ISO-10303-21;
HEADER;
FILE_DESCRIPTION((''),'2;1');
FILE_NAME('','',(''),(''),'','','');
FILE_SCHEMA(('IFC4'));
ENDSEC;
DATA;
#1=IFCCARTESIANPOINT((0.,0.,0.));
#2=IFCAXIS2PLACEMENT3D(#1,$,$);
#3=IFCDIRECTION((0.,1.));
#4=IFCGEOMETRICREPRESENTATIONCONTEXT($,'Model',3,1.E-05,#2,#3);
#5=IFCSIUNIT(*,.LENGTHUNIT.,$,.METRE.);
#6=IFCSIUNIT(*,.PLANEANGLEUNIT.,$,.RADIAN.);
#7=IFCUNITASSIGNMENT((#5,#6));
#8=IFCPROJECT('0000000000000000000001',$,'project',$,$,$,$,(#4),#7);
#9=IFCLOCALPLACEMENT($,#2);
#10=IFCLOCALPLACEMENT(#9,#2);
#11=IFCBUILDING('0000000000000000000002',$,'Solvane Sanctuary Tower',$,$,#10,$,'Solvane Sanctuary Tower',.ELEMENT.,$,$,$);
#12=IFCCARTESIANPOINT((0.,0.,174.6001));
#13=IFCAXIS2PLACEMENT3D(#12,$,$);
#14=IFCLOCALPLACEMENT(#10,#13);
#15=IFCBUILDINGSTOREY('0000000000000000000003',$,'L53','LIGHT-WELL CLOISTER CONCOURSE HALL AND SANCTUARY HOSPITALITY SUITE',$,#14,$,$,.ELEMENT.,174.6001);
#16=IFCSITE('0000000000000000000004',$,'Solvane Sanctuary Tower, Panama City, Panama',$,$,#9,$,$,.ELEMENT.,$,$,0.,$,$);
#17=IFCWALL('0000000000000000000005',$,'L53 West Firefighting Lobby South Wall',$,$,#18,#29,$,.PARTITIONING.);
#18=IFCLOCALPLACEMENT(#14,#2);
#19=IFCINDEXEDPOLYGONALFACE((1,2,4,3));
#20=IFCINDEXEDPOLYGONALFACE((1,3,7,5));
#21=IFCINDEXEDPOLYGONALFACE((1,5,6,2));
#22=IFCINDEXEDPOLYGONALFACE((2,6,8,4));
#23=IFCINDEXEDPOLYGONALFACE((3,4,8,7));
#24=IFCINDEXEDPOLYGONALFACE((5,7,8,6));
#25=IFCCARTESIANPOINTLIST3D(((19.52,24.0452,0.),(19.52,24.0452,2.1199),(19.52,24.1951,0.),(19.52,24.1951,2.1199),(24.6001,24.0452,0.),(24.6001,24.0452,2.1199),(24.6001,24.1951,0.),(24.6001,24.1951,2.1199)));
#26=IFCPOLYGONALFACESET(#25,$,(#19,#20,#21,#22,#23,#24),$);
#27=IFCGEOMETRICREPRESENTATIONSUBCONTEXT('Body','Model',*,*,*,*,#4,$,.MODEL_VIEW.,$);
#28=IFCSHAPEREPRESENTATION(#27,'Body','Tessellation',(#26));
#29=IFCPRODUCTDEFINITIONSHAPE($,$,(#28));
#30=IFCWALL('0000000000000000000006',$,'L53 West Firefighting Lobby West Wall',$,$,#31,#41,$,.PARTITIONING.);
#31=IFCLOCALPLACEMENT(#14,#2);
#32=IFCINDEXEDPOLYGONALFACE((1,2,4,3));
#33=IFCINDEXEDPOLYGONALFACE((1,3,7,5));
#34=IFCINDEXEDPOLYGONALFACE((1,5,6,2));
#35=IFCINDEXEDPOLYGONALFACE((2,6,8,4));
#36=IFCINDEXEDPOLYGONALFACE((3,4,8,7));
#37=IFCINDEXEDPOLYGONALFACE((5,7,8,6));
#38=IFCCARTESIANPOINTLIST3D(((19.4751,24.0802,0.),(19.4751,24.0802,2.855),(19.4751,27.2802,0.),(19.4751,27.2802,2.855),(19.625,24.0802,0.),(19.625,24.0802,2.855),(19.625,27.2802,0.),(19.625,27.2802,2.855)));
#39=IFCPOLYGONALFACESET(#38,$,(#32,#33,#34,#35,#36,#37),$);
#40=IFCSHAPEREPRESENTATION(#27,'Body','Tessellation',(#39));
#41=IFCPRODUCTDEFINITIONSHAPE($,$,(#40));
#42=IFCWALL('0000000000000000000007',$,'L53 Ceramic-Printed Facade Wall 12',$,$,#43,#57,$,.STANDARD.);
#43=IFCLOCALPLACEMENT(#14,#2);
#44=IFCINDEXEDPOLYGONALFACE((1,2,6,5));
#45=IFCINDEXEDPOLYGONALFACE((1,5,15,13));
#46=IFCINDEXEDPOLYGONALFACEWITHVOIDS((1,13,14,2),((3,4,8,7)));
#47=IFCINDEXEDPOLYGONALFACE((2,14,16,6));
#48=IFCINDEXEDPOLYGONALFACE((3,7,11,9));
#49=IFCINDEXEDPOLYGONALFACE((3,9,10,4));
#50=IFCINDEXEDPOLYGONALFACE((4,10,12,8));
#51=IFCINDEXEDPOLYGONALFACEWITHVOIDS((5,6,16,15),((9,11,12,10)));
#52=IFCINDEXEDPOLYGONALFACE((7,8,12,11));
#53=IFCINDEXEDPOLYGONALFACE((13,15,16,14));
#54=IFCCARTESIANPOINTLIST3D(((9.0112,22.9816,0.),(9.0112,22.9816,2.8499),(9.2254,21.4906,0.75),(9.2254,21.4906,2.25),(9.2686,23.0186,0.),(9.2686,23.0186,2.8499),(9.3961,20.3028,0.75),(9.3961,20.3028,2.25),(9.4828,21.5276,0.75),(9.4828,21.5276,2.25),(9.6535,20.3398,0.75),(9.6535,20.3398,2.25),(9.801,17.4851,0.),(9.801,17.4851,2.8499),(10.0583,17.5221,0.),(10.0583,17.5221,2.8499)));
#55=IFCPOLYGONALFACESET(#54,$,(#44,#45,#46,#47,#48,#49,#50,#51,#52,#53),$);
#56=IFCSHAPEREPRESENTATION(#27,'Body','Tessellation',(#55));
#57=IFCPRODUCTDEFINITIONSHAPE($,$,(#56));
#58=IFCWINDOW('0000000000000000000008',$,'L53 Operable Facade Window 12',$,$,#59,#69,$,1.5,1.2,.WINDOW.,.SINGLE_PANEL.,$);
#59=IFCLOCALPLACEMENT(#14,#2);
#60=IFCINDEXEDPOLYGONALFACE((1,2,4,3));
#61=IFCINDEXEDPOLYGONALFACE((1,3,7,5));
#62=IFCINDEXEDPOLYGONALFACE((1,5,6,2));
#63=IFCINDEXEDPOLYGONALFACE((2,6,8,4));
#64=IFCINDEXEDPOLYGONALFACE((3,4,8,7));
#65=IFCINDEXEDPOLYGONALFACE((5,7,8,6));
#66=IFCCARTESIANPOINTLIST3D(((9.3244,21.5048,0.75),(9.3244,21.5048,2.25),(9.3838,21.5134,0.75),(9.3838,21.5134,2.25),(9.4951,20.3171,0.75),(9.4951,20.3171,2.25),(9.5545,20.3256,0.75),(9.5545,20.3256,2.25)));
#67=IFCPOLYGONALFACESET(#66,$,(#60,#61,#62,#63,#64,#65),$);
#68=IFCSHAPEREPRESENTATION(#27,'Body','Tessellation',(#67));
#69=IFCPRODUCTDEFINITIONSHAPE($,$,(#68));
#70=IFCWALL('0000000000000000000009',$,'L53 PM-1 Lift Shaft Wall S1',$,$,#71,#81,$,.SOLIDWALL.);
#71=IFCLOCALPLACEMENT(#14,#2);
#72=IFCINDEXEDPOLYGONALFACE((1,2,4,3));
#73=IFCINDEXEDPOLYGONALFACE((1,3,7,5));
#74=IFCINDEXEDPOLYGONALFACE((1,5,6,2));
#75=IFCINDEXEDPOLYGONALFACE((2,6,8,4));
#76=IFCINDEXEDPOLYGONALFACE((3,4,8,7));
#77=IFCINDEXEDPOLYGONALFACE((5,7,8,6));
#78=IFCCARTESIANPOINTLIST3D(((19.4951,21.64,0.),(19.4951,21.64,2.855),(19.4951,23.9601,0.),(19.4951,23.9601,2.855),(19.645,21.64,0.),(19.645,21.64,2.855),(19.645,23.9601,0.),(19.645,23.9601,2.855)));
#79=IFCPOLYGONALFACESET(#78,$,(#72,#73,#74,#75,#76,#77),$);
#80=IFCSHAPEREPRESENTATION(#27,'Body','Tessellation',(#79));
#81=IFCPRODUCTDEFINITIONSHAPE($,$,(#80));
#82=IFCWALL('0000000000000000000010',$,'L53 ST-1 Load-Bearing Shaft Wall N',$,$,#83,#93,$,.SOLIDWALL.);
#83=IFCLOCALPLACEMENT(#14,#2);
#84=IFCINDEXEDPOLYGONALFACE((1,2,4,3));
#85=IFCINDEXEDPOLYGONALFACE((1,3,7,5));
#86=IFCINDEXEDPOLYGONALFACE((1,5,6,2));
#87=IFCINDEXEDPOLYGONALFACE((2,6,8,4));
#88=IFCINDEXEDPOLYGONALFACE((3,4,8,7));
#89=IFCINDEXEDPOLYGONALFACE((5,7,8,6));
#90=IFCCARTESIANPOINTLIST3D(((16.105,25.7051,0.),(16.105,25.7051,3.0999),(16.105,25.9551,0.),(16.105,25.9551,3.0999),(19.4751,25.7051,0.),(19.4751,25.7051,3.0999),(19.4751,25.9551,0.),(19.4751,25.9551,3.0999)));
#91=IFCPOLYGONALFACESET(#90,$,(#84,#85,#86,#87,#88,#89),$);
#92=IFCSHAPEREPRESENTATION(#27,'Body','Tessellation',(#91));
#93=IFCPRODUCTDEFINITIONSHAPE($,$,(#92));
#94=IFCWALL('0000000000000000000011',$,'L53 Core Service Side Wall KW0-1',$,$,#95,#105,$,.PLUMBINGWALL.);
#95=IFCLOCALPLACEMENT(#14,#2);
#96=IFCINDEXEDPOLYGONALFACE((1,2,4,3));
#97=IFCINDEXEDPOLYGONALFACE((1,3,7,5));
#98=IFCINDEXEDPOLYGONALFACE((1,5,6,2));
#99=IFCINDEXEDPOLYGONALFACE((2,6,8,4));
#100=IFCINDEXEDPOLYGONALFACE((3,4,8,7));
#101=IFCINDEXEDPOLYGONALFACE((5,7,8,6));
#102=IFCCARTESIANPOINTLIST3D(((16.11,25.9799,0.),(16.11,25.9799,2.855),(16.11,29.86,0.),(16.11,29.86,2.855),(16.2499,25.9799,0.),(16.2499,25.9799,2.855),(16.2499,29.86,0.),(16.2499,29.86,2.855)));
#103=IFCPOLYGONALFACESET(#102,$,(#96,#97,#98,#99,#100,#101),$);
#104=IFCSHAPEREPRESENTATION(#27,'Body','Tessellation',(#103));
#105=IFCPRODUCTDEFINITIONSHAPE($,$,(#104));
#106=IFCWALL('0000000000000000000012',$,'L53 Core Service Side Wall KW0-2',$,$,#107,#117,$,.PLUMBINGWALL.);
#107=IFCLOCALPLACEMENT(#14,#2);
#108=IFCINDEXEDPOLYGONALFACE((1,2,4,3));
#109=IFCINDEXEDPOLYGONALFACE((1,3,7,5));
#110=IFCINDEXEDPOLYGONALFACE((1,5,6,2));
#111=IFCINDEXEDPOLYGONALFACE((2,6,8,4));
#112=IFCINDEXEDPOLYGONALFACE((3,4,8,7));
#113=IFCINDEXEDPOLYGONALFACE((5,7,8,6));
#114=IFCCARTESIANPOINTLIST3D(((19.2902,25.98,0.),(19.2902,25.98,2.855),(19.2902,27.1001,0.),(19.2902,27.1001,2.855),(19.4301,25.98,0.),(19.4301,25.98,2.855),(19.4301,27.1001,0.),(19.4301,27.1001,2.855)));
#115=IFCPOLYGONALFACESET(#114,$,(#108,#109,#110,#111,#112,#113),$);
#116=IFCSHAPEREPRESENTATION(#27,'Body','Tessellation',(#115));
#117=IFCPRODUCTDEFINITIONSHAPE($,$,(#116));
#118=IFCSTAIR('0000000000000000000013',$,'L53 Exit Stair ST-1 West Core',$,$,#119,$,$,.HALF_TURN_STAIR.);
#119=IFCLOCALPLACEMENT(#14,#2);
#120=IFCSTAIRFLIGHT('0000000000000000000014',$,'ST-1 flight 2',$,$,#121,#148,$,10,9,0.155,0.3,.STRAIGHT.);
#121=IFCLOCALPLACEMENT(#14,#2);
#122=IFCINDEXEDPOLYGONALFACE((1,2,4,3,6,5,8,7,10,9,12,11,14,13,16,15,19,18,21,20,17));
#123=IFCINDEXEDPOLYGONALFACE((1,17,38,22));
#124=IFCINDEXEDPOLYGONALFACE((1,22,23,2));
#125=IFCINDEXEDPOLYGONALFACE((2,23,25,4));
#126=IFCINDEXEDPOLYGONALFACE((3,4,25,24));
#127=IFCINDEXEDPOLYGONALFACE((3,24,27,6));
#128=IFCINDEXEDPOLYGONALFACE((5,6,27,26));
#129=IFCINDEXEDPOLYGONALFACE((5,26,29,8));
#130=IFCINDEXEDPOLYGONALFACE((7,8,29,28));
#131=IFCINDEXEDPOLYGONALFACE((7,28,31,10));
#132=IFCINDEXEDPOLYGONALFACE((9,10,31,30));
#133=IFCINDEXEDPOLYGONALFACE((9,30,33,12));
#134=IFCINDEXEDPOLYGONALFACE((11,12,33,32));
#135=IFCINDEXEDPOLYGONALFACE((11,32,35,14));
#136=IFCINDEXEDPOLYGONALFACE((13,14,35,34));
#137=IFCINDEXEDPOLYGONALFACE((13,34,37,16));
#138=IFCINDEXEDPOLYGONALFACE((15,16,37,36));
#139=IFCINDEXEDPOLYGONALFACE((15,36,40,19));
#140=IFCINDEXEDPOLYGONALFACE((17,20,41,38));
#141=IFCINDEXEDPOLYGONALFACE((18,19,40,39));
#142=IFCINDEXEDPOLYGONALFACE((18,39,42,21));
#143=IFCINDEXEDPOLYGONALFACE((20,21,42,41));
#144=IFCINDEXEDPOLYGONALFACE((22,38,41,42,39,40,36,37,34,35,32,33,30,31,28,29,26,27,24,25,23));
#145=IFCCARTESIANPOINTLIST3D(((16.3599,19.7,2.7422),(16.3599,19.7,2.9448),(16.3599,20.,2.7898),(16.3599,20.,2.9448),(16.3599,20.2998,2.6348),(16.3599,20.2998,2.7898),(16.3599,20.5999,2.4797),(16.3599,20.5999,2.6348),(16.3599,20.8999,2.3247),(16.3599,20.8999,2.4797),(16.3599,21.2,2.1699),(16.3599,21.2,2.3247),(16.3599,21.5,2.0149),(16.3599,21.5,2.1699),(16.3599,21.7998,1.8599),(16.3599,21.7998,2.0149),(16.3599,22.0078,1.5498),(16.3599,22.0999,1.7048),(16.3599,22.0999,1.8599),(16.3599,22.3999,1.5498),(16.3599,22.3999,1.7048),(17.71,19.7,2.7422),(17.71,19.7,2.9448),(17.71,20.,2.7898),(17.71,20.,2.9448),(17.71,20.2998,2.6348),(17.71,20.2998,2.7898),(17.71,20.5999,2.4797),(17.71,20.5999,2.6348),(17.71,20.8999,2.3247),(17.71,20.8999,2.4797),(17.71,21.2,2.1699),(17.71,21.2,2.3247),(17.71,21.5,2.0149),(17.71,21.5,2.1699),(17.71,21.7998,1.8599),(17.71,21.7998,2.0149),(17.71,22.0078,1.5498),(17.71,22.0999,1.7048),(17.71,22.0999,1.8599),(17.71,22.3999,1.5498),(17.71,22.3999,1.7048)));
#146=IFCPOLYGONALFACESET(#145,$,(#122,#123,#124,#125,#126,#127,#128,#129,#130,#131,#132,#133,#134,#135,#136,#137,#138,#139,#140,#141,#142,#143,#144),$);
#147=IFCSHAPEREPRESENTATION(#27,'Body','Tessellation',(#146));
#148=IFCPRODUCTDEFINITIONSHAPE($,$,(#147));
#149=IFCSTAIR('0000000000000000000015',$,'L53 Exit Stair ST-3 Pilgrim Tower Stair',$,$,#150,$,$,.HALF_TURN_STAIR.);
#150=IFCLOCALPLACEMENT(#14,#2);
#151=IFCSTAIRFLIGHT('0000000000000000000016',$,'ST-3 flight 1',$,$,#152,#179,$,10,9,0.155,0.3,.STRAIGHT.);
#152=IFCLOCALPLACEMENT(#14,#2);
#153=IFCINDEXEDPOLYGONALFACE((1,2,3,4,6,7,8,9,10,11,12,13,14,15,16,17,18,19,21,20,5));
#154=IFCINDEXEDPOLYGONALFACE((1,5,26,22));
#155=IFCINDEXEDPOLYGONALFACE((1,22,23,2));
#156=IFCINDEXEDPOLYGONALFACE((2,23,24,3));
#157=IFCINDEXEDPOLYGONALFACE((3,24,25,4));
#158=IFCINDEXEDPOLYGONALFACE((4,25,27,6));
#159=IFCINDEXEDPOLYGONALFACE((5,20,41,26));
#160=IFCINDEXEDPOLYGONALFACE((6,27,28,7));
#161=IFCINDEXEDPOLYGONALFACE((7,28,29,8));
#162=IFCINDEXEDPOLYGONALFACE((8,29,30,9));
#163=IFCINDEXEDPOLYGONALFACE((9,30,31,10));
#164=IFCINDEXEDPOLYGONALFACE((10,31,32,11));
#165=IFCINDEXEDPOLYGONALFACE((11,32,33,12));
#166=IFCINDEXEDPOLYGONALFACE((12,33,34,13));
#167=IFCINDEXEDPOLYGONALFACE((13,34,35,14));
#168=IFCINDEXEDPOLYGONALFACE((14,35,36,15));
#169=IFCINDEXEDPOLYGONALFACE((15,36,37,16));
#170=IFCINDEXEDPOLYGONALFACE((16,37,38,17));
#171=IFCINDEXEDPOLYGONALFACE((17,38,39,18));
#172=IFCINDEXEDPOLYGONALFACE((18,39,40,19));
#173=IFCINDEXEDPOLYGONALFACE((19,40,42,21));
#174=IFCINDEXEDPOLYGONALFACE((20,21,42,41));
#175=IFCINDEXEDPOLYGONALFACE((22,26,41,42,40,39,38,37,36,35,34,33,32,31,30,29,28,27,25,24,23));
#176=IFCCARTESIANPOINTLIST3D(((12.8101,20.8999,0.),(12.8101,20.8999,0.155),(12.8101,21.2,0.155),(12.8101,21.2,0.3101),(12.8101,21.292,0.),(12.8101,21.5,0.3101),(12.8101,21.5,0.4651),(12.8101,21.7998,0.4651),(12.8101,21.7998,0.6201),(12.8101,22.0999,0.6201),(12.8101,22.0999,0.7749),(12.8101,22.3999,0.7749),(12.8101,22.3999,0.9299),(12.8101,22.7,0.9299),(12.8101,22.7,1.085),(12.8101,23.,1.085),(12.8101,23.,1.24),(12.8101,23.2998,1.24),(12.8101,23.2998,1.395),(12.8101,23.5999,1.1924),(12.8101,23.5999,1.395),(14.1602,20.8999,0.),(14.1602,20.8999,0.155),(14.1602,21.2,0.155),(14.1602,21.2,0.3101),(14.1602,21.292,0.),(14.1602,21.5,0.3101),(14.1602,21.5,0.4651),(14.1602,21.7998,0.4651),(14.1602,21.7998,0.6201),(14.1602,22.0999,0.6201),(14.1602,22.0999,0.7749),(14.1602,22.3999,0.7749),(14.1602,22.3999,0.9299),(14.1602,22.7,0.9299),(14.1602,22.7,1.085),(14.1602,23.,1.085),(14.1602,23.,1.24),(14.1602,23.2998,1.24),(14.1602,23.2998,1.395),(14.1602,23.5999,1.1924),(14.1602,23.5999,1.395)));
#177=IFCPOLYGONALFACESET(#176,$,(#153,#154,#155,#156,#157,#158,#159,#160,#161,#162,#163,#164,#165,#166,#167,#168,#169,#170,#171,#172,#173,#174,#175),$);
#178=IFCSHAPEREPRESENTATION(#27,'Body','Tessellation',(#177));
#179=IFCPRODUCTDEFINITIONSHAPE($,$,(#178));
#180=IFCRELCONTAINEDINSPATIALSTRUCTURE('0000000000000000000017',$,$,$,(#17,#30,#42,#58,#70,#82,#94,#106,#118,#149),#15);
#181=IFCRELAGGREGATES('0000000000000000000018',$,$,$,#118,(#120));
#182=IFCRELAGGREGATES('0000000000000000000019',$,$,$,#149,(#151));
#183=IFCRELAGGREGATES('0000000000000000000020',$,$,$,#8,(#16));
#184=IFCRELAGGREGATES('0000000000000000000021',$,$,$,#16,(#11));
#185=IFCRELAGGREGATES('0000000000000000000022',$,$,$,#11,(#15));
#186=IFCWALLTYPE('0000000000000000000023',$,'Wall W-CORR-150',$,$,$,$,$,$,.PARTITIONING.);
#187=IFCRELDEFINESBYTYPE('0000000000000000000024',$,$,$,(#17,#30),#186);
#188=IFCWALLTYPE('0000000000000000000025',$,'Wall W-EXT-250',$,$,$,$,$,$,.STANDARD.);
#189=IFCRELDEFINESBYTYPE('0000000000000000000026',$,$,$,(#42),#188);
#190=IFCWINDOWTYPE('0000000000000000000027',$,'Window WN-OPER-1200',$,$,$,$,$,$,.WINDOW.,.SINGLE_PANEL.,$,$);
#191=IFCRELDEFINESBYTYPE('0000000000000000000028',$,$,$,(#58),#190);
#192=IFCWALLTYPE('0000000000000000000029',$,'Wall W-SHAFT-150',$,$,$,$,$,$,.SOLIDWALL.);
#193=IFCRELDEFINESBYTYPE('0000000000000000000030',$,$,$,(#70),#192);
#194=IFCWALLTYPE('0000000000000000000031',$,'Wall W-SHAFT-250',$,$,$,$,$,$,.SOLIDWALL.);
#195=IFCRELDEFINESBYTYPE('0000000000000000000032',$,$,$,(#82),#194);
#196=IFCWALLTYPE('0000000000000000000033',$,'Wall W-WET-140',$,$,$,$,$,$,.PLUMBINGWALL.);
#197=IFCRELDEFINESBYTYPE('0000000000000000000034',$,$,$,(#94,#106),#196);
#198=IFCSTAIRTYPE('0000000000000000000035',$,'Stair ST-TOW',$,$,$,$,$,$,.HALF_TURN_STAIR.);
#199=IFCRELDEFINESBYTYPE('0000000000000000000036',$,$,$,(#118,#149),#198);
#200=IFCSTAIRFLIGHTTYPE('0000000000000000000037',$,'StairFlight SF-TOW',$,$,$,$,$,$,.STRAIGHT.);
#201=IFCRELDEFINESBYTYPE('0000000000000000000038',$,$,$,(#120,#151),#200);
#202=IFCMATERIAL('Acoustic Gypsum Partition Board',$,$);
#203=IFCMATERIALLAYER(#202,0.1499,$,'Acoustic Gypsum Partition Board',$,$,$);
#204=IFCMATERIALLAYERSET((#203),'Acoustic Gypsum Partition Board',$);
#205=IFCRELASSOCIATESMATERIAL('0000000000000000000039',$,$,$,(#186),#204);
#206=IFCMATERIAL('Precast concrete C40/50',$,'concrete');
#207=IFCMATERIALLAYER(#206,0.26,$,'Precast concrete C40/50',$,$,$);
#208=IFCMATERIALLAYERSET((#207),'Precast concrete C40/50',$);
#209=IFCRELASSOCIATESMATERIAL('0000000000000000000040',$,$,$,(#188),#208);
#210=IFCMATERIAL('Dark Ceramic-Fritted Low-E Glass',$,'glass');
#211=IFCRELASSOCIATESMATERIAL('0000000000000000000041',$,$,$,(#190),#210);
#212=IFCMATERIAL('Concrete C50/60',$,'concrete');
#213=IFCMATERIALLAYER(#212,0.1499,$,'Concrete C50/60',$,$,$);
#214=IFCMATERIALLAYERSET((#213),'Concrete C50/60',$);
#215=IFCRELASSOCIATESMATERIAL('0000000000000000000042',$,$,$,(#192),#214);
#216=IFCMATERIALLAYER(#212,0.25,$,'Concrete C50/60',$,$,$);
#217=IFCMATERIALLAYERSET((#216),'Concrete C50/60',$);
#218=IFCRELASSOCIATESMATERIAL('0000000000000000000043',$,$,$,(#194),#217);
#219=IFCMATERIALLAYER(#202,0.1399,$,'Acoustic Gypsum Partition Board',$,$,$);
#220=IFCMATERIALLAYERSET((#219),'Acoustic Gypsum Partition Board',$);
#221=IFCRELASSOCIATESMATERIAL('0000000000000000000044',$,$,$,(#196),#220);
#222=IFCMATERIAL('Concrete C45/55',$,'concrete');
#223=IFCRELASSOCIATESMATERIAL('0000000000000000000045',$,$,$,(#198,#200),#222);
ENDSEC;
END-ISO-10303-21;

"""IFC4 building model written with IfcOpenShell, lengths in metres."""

from ifc_helpers import new_model, si_unit, direction, frame, frame_2d, origin, place, context, subcontext, project, spatial, polyline, rectangle, outline, extrude, material, layer, layer_set, type_object, element, fill, aggregate, save


model = new_model("IFC4")

# Units and contexts
model_context = context("Model", 3, precision=1e-05, world=origin(), true_north=direction((0.0, 1.0)))
body_context = subcontext(model_context, "Body", "Model", "MODEL_VIEW")
ifc_project = project(units=[si_unit("LENGTHUNIT", "METRE"), si_unit("PLANEANGLEUNIT", "RADIAN")], contexts=[model_context])

# Site, building, storey
site_placement = place(None, origin())
site = spatial("IfcSite", under=ifc_project, at=site_placement, Name="Solvane Sanctuary Tower, Panama City, Panama", CompositionType="ELEMENT", RefElevation=0.0)
building_placement = place(site_placement, origin())
building = spatial("IfcBuilding", under=site, at=building_placement, Name="Solvane Sanctuary Tower", LongName="Solvane Sanctuary Tower", CompositionType="ELEMENT")
storey_placement = place(building_placement, frame((0.0, 0.0, 174.6001)))
storey = spatial("IfcBuildingStorey", under=building, at=storey_placement, Name="L53", Description="LIGHT-WELL CLOISTER CONCOURSE HALL AND SANCTUARY HOSPITALITY SUITE", CompositionType="ELEMENT", Elevation=174.6001)

# Walls
ifc_material_1 = material(Name="Acoustic Gypsum Partition Board")
ifc_layer_1 = layer(ifc_material_1, 0.1499, Name="Acoustic Gypsum Partition Board")
ifc_layer_set_1 = layer_set([ifc_layer_1], Name="Acoustic Gypsum Partition Board")
wall_type_1 = type_object("IfcWallType", Name="Wall W-CORR-150", PredefinedType="PARTITIONING", material=ifc_layer_set_1)
wall_1_placement = place(storey_placement, frame((19.52, 24.1201, 0.0), z_axis=(0.0, 0.0, 1.0), x_axis=(1.0, 0.0, 0.0)))
element("IfcWall", 1, at=wall_1_placement, inside=storey, type_object=wall_type_1, Name="L53 West Firefighting Lobby South Wall", PredefinedType="PARTITIONING", context=body_context, shape_type="SweptSolid", body=[
    extrude(rectangle(XDim=5.0801, YDim=0.1499, at=frame_2d((2.54, 0.0))), origin(), (0.0, 0.0, 1.0), 2.1199),
])
wall_2_placement = place(storey_placement, frame((19.55, 24.0801, 0.0), z_axis=(0.0, 0.0, 1.0), x_axis=(0.0, 1.0, 0.0)))
element("IfcWall", 2, at=wall_2_placement, inside=storey, type_object=wall_type_1, Name="L53 West Firefighting Lobby West Wall", PredefinedType="PARTITIONING", context=body_context, shape_type="SweptSolid", body=[
    extrude(rectangle(XDim=3.2, YDim=0.1499, at=frame_2d((1.6001, 0.0))), origin(), (0.0, 0.0, 1.0), 2.855),
])

# Wall, opening, window
ifc_material_2 = material(Name="Precast concrete C40/50", Category="concrete")
ifc_layer_2 = layer(ifc_material_2, 0.26, Name="Precast concrete C40/50")
ifc_layer_set_2 = layer_set([ifc_layer_2], Name="Precast concrete C40/50")
wall_type_2 = type_object("IfcWallType", Name="Wall W-EXT-250", PredefinedType="STANDARD", material=ifc_layer_set_2)
wall_3_placement = place(storey_placement, frame((9.1399, 23.0, 0.0), z_axis=(0.0, 0.0, 1.0), x_axis=(0.142228, -0.989834, 0.0)))
wall_3 = element("IfcWall", 3, at=wall_3_placement, inside=storey, type_object=wall_type_2, Name="L53 Ceramic-Printed Facade Wall 12", PredefinedType="STANDARD", context=body_context, shape_type="SweptSolid", body=[
    extrude(rectangle(XDim=5.553, YDim=0.26, at=frame_2d((2.7764, 0.0))), origin(), (0.0, 0.0, 1.0), 2.8499),
])
opening_placement = place(wall_3_placement, frame((1.5061, 0.0, 0.75)))
opening = element("IfcOpeningElement", 4, at=opening_placement, cuts=wall_3, PredefinedType="OPENING", context=body_context, shape_type="SweptSolid", body=[
    extrude(rectangle(XDim=1.2, YDim=1.5, at=frame_2d((0.6001, 0.75))), frame((0.0, 0.1399, 0.0), z_axis=(0.0, -1.0, 0.0), x_axis=(1.0, 0.0, 0.0)), (0.0, 0.0, 1.0), 0.28),
])
ifc_material_3 = material(Name="Dark Ceramic-Fritted Low-E Glass", Category="glass")
window_type = type_object("IfcWindowType", Name="Window WN-OPER-1200", PartitioningType="SINGLE_PANEL", PredefinedType="WINDOW", material=ifc_material_3)
window_placement = place(opening_placement, origin())
window = element("IfcWindow", 5, at=window_placement, inside=storey, type_object=window_type, Name="L53 Operable Facade Window 12", OverallHeight=1.5, OverallWidth=1.2, PartitioningType="SINGLE_PANEL", PredefinedType="WINDOW", context=body_context, shape_type="SweptSolid", body=[
    extrude(rectangle(XDim=1.2, YDim=1.5, at=frame_2d((0.6001, 0.75))), frame((0.0, 0.03, 0.0), z_axis=(0.0, -1.0, 0.0), x_axis=(1.0, 0.0, 0.0)), (0.0, 0.0, 1.0), 0.0601),
])
fill(opening, window)

# Walls
ifc_material_4 = material(Name="Concrete C50/60", Category="concrete")
ifc_layer_3 = layer(ifc_material_4, 0.1499, Name="Concrete C50/60")
ifc_layer_set_3 = layer_set([ifc_layer_3], Name="Concrete C50/60")
wall_type_3 = type_object("IfcWallType", Name="Wall W-SHAFT-150", PredefinedType="SOLIDWALL", material=ifc_layer_set_3)
wall_4_placement = place(storey_placement, frame((19.5701, 21.6399, 0.0), z_axis=(0.0, 0.0, 1.0), x_axis=(0.0, 1.0, 0.0)))
element("IfcWall", 6, at=wall_4_placement, inside=storey, type_object=wall_type_3, Name="L53 PM-1 Lift Shaft Wall S1", PredefinedType="SOLIDWALL", context=body_context, shape_type="SweptSolid", body=[
    extrude(rectangle(XDim=2.3201, YDim=0.1499, at=frame_2d((1.1602, 0.0))), origin(), (0.0, 0.0, 1.0), 2.855),
])
ifc_layer_4 = layer(ifc_material_4, 0.25, Name="Concrete C50/60")
ifc_layer_set_4 = layer_set([ifc_layer_4], Name="Concrete C50/60")
wall_type_4 = type_object("IfcWallType", Name="Wall W-SHAFT-250", PredefinedType="SOLIDWALL", material=ifc_layer_set_4)
wall_5_placement = place(storey_placement, frame((16.105, 25.8301, 0.0), z_axis=(0.0, 0.0, 1.0), x_axis=(1.0, 0.0, 0.0)))
element("IfcWall", 7, at=wall_5_placement, inside=storey, type_object=wall_type_4, Name="L53 ST-1 Load-Bearing Shaft Wall N", PredefinedType="SOLIDWALL", context=body_context, shape_type="SweptSolid", body=[
    extrude(rectangle(XDim=3.3701, YDim=0.25, at=frame_2d((1.6851, 0.0))), origin(), (0.0, 0.0, 1.0), 3.0999),
])
ifc_layer_5 = layer(ifc_material_1, 0.1399, Name="Acoustic Gypsum Partition Board")
ifc_layer_set_5 = layer_set([ifc_layer_5], Name="Acoustic Gypsum Partition Board")
wall_type_5 = type_object("IfcWallType", Name="Wall W-WET-140", PredefinedType="PLUMBINGWALL", material=ifc_layer_set_5)
wall_6_placement = place(storey_placement, frame((16.1799, 25.98, 0.0), z_axis=(0.0, 0.0, 1.0), x_axis=(0.0, 1.0, 0.0)))
element("IfcWall", 8, at=wall_6_placement, inside=storey, type_object=wall_type_5, Name="L53 Core Service Side Wall KW0-1", PredefinedType="PLUMBINGWALL", context=body_context, shape_type="SweptSolid", body=[
    extrude(rectangle(XDim=3.8801, YDim=0.1399, at=frame_2d((1.9399, 0.0))), origin(), (0.0, 0.0, 1.0), 2.855),
])
wall_7_placement = place(storey_placement, frame((19.3601, 25.98, 0.0), z_axis=(0.0, 0.0, 1.0), x_axis=(0.0, 1.0, 0.0)))
element("IfcWall", 9, at=wall_7_placement, inside=storey, type_object=wall_type_5, Name="L53 Core Service Side Wall KW0-2", PredefinedType="PLUMBINGWALL", context=body_context, shape_type="SweptSolid", body=[
    extrude(rectangle(XDim=1.1201, YDim=0.1399, at=frame_2d((0.5601, 0.0))), origin(), (0.0, 0.0, 1.0), 2.855),
])

# Stair, stair flight
ifc_material_5 = material(Name="Concrete C45/55", Category="concrete")
stair_type = type_object("IfcStairType", Name="Stair ST-TOW", PredefinedType="HALF_TURN_STAIR", material=ifc_material_5)
stair_1_placement = place(storey_placement, origin())
stair_1 = element("IfcStair", 10, at=stair_1_placement, inside=storey, type_object=stair_type, Name="L53 Exit Stair ST-1 West Core", PredefinedType="HALF_TURN_STAIR")
stair_flight_type = type_object("IfcStairFlightType", Name="StairFlight SF-TOW", PredefinedType="STRAIGHT", material=ifc_material_5)
stair_flight_1_placement = place(storey_placement, frame((17.0349, 22.3999, 1.5498), z_axis=(0.0, 0.0, 1.0), x_axis=(0.0, -1.0, 0.0)))
stair_flight_1 = element("IfcStairFlight", 11, at=stair_flight_1_placement, type_object=stair_flight_type, Name="ST-1 flight 2", NumberOfRisers=10, NumberOfTreads=9, PredefinedType="STRAIGHT", RiserHeight=0.155, TreadLength=0.3, context=body_context, shape_type="SweptSolid", body=[
    extrude(outline(polyline([(0.0, 0.0), (0.0, 0.155), (0.3, 0.155), (0.3, 0.3101), (0.6001, 0.3101), (0.6001, 0.4651), (0.8999, 0.4651), (0.8999, 0.6201), (1.2, 0.6201), (1.2, 0.7749), (1.5, 0.7749), (1.5, 0.9299), (1.8, 0.9299), (1.8, 1.085), (2.1001, 1.085), (2.1001, 1.24), (2.3999, 1.24), (2.3999, 1.395), (2.7, 1.395), (2.7, 1.55), (2.7, 1.1924), (0.3921, 0.0), (0.0, 0.0)])), frame((0.0, 0.675, 0.0), z_axis=(0.0, -1.0, 0.0), x_axis=(1.0, 0.0, 0.0)), (0.0, 0.0, 1.0), 1.3501),
])
aggregate(stair_1, [stair_flight_1])

# Stair, stair flight
stair_2_placement = place(storey_placement, origin())
stair_2 = element("IfcStair", 12, at=stair_2_placement, inside=storey, type_object=stair_type, Name="L53 Exit Stair ST-3 Pilgrim Tower Stair", PredefinedType="HALF_TURN_STAIR")
stair_flight_2_placement = place(storey_placement, frame((13.4851, 20.8999, 0.0), z_axis=(0.0, 0.0, 1.0), x_axis=(0.0, 1.0, 0.0)))
stair_flight_2 = element("IfcStairFlight", 13, at=stair_flight_2_placement, type_object=stair_flight_type, Name="ST-3 flight 1", NumberOfRisers=10, NumberOfTreads=9, PredefinedType="STRAIGHT", RiserHeight=0.155, TreadLength=0.3, context=body_context, shape_type="SweptSolid", body=[
    extrude(outline(polyline([(0.0, 0.0), (0.0, 0.155), (0.3, 0.155), (0.3, 0.3101), (0.6001, 0.3101), (0.6001, 0.4651), (0.8999, 0.4651), (0.8999, 0.6201), (1.2, 0.6201), (1.2, 0.7749), (1.5, 0.7749), (1.5, 0.9299), (1.8, 0.9299), (1.8, 1.085), (2.1001, 1.085), (2.1001, 1.24), (2.3999, 1.24), (2.3999, 1.395), (2.7, 1.395), (2.7, 1.55), (2.7, 1.1924), (0.3921, 0.0), (0.0, 0.0)])), frame((0.0, 0.675, 0.0), z_axis=(0.0, -1.0, 0.0), x_axis=(1.0, 0.0, 0.0)), (0.0, 0.0, 1.0), 1.3501),
])
aggregate(stair_2, [stair_flight_2])

save(model, "model.ifc")
